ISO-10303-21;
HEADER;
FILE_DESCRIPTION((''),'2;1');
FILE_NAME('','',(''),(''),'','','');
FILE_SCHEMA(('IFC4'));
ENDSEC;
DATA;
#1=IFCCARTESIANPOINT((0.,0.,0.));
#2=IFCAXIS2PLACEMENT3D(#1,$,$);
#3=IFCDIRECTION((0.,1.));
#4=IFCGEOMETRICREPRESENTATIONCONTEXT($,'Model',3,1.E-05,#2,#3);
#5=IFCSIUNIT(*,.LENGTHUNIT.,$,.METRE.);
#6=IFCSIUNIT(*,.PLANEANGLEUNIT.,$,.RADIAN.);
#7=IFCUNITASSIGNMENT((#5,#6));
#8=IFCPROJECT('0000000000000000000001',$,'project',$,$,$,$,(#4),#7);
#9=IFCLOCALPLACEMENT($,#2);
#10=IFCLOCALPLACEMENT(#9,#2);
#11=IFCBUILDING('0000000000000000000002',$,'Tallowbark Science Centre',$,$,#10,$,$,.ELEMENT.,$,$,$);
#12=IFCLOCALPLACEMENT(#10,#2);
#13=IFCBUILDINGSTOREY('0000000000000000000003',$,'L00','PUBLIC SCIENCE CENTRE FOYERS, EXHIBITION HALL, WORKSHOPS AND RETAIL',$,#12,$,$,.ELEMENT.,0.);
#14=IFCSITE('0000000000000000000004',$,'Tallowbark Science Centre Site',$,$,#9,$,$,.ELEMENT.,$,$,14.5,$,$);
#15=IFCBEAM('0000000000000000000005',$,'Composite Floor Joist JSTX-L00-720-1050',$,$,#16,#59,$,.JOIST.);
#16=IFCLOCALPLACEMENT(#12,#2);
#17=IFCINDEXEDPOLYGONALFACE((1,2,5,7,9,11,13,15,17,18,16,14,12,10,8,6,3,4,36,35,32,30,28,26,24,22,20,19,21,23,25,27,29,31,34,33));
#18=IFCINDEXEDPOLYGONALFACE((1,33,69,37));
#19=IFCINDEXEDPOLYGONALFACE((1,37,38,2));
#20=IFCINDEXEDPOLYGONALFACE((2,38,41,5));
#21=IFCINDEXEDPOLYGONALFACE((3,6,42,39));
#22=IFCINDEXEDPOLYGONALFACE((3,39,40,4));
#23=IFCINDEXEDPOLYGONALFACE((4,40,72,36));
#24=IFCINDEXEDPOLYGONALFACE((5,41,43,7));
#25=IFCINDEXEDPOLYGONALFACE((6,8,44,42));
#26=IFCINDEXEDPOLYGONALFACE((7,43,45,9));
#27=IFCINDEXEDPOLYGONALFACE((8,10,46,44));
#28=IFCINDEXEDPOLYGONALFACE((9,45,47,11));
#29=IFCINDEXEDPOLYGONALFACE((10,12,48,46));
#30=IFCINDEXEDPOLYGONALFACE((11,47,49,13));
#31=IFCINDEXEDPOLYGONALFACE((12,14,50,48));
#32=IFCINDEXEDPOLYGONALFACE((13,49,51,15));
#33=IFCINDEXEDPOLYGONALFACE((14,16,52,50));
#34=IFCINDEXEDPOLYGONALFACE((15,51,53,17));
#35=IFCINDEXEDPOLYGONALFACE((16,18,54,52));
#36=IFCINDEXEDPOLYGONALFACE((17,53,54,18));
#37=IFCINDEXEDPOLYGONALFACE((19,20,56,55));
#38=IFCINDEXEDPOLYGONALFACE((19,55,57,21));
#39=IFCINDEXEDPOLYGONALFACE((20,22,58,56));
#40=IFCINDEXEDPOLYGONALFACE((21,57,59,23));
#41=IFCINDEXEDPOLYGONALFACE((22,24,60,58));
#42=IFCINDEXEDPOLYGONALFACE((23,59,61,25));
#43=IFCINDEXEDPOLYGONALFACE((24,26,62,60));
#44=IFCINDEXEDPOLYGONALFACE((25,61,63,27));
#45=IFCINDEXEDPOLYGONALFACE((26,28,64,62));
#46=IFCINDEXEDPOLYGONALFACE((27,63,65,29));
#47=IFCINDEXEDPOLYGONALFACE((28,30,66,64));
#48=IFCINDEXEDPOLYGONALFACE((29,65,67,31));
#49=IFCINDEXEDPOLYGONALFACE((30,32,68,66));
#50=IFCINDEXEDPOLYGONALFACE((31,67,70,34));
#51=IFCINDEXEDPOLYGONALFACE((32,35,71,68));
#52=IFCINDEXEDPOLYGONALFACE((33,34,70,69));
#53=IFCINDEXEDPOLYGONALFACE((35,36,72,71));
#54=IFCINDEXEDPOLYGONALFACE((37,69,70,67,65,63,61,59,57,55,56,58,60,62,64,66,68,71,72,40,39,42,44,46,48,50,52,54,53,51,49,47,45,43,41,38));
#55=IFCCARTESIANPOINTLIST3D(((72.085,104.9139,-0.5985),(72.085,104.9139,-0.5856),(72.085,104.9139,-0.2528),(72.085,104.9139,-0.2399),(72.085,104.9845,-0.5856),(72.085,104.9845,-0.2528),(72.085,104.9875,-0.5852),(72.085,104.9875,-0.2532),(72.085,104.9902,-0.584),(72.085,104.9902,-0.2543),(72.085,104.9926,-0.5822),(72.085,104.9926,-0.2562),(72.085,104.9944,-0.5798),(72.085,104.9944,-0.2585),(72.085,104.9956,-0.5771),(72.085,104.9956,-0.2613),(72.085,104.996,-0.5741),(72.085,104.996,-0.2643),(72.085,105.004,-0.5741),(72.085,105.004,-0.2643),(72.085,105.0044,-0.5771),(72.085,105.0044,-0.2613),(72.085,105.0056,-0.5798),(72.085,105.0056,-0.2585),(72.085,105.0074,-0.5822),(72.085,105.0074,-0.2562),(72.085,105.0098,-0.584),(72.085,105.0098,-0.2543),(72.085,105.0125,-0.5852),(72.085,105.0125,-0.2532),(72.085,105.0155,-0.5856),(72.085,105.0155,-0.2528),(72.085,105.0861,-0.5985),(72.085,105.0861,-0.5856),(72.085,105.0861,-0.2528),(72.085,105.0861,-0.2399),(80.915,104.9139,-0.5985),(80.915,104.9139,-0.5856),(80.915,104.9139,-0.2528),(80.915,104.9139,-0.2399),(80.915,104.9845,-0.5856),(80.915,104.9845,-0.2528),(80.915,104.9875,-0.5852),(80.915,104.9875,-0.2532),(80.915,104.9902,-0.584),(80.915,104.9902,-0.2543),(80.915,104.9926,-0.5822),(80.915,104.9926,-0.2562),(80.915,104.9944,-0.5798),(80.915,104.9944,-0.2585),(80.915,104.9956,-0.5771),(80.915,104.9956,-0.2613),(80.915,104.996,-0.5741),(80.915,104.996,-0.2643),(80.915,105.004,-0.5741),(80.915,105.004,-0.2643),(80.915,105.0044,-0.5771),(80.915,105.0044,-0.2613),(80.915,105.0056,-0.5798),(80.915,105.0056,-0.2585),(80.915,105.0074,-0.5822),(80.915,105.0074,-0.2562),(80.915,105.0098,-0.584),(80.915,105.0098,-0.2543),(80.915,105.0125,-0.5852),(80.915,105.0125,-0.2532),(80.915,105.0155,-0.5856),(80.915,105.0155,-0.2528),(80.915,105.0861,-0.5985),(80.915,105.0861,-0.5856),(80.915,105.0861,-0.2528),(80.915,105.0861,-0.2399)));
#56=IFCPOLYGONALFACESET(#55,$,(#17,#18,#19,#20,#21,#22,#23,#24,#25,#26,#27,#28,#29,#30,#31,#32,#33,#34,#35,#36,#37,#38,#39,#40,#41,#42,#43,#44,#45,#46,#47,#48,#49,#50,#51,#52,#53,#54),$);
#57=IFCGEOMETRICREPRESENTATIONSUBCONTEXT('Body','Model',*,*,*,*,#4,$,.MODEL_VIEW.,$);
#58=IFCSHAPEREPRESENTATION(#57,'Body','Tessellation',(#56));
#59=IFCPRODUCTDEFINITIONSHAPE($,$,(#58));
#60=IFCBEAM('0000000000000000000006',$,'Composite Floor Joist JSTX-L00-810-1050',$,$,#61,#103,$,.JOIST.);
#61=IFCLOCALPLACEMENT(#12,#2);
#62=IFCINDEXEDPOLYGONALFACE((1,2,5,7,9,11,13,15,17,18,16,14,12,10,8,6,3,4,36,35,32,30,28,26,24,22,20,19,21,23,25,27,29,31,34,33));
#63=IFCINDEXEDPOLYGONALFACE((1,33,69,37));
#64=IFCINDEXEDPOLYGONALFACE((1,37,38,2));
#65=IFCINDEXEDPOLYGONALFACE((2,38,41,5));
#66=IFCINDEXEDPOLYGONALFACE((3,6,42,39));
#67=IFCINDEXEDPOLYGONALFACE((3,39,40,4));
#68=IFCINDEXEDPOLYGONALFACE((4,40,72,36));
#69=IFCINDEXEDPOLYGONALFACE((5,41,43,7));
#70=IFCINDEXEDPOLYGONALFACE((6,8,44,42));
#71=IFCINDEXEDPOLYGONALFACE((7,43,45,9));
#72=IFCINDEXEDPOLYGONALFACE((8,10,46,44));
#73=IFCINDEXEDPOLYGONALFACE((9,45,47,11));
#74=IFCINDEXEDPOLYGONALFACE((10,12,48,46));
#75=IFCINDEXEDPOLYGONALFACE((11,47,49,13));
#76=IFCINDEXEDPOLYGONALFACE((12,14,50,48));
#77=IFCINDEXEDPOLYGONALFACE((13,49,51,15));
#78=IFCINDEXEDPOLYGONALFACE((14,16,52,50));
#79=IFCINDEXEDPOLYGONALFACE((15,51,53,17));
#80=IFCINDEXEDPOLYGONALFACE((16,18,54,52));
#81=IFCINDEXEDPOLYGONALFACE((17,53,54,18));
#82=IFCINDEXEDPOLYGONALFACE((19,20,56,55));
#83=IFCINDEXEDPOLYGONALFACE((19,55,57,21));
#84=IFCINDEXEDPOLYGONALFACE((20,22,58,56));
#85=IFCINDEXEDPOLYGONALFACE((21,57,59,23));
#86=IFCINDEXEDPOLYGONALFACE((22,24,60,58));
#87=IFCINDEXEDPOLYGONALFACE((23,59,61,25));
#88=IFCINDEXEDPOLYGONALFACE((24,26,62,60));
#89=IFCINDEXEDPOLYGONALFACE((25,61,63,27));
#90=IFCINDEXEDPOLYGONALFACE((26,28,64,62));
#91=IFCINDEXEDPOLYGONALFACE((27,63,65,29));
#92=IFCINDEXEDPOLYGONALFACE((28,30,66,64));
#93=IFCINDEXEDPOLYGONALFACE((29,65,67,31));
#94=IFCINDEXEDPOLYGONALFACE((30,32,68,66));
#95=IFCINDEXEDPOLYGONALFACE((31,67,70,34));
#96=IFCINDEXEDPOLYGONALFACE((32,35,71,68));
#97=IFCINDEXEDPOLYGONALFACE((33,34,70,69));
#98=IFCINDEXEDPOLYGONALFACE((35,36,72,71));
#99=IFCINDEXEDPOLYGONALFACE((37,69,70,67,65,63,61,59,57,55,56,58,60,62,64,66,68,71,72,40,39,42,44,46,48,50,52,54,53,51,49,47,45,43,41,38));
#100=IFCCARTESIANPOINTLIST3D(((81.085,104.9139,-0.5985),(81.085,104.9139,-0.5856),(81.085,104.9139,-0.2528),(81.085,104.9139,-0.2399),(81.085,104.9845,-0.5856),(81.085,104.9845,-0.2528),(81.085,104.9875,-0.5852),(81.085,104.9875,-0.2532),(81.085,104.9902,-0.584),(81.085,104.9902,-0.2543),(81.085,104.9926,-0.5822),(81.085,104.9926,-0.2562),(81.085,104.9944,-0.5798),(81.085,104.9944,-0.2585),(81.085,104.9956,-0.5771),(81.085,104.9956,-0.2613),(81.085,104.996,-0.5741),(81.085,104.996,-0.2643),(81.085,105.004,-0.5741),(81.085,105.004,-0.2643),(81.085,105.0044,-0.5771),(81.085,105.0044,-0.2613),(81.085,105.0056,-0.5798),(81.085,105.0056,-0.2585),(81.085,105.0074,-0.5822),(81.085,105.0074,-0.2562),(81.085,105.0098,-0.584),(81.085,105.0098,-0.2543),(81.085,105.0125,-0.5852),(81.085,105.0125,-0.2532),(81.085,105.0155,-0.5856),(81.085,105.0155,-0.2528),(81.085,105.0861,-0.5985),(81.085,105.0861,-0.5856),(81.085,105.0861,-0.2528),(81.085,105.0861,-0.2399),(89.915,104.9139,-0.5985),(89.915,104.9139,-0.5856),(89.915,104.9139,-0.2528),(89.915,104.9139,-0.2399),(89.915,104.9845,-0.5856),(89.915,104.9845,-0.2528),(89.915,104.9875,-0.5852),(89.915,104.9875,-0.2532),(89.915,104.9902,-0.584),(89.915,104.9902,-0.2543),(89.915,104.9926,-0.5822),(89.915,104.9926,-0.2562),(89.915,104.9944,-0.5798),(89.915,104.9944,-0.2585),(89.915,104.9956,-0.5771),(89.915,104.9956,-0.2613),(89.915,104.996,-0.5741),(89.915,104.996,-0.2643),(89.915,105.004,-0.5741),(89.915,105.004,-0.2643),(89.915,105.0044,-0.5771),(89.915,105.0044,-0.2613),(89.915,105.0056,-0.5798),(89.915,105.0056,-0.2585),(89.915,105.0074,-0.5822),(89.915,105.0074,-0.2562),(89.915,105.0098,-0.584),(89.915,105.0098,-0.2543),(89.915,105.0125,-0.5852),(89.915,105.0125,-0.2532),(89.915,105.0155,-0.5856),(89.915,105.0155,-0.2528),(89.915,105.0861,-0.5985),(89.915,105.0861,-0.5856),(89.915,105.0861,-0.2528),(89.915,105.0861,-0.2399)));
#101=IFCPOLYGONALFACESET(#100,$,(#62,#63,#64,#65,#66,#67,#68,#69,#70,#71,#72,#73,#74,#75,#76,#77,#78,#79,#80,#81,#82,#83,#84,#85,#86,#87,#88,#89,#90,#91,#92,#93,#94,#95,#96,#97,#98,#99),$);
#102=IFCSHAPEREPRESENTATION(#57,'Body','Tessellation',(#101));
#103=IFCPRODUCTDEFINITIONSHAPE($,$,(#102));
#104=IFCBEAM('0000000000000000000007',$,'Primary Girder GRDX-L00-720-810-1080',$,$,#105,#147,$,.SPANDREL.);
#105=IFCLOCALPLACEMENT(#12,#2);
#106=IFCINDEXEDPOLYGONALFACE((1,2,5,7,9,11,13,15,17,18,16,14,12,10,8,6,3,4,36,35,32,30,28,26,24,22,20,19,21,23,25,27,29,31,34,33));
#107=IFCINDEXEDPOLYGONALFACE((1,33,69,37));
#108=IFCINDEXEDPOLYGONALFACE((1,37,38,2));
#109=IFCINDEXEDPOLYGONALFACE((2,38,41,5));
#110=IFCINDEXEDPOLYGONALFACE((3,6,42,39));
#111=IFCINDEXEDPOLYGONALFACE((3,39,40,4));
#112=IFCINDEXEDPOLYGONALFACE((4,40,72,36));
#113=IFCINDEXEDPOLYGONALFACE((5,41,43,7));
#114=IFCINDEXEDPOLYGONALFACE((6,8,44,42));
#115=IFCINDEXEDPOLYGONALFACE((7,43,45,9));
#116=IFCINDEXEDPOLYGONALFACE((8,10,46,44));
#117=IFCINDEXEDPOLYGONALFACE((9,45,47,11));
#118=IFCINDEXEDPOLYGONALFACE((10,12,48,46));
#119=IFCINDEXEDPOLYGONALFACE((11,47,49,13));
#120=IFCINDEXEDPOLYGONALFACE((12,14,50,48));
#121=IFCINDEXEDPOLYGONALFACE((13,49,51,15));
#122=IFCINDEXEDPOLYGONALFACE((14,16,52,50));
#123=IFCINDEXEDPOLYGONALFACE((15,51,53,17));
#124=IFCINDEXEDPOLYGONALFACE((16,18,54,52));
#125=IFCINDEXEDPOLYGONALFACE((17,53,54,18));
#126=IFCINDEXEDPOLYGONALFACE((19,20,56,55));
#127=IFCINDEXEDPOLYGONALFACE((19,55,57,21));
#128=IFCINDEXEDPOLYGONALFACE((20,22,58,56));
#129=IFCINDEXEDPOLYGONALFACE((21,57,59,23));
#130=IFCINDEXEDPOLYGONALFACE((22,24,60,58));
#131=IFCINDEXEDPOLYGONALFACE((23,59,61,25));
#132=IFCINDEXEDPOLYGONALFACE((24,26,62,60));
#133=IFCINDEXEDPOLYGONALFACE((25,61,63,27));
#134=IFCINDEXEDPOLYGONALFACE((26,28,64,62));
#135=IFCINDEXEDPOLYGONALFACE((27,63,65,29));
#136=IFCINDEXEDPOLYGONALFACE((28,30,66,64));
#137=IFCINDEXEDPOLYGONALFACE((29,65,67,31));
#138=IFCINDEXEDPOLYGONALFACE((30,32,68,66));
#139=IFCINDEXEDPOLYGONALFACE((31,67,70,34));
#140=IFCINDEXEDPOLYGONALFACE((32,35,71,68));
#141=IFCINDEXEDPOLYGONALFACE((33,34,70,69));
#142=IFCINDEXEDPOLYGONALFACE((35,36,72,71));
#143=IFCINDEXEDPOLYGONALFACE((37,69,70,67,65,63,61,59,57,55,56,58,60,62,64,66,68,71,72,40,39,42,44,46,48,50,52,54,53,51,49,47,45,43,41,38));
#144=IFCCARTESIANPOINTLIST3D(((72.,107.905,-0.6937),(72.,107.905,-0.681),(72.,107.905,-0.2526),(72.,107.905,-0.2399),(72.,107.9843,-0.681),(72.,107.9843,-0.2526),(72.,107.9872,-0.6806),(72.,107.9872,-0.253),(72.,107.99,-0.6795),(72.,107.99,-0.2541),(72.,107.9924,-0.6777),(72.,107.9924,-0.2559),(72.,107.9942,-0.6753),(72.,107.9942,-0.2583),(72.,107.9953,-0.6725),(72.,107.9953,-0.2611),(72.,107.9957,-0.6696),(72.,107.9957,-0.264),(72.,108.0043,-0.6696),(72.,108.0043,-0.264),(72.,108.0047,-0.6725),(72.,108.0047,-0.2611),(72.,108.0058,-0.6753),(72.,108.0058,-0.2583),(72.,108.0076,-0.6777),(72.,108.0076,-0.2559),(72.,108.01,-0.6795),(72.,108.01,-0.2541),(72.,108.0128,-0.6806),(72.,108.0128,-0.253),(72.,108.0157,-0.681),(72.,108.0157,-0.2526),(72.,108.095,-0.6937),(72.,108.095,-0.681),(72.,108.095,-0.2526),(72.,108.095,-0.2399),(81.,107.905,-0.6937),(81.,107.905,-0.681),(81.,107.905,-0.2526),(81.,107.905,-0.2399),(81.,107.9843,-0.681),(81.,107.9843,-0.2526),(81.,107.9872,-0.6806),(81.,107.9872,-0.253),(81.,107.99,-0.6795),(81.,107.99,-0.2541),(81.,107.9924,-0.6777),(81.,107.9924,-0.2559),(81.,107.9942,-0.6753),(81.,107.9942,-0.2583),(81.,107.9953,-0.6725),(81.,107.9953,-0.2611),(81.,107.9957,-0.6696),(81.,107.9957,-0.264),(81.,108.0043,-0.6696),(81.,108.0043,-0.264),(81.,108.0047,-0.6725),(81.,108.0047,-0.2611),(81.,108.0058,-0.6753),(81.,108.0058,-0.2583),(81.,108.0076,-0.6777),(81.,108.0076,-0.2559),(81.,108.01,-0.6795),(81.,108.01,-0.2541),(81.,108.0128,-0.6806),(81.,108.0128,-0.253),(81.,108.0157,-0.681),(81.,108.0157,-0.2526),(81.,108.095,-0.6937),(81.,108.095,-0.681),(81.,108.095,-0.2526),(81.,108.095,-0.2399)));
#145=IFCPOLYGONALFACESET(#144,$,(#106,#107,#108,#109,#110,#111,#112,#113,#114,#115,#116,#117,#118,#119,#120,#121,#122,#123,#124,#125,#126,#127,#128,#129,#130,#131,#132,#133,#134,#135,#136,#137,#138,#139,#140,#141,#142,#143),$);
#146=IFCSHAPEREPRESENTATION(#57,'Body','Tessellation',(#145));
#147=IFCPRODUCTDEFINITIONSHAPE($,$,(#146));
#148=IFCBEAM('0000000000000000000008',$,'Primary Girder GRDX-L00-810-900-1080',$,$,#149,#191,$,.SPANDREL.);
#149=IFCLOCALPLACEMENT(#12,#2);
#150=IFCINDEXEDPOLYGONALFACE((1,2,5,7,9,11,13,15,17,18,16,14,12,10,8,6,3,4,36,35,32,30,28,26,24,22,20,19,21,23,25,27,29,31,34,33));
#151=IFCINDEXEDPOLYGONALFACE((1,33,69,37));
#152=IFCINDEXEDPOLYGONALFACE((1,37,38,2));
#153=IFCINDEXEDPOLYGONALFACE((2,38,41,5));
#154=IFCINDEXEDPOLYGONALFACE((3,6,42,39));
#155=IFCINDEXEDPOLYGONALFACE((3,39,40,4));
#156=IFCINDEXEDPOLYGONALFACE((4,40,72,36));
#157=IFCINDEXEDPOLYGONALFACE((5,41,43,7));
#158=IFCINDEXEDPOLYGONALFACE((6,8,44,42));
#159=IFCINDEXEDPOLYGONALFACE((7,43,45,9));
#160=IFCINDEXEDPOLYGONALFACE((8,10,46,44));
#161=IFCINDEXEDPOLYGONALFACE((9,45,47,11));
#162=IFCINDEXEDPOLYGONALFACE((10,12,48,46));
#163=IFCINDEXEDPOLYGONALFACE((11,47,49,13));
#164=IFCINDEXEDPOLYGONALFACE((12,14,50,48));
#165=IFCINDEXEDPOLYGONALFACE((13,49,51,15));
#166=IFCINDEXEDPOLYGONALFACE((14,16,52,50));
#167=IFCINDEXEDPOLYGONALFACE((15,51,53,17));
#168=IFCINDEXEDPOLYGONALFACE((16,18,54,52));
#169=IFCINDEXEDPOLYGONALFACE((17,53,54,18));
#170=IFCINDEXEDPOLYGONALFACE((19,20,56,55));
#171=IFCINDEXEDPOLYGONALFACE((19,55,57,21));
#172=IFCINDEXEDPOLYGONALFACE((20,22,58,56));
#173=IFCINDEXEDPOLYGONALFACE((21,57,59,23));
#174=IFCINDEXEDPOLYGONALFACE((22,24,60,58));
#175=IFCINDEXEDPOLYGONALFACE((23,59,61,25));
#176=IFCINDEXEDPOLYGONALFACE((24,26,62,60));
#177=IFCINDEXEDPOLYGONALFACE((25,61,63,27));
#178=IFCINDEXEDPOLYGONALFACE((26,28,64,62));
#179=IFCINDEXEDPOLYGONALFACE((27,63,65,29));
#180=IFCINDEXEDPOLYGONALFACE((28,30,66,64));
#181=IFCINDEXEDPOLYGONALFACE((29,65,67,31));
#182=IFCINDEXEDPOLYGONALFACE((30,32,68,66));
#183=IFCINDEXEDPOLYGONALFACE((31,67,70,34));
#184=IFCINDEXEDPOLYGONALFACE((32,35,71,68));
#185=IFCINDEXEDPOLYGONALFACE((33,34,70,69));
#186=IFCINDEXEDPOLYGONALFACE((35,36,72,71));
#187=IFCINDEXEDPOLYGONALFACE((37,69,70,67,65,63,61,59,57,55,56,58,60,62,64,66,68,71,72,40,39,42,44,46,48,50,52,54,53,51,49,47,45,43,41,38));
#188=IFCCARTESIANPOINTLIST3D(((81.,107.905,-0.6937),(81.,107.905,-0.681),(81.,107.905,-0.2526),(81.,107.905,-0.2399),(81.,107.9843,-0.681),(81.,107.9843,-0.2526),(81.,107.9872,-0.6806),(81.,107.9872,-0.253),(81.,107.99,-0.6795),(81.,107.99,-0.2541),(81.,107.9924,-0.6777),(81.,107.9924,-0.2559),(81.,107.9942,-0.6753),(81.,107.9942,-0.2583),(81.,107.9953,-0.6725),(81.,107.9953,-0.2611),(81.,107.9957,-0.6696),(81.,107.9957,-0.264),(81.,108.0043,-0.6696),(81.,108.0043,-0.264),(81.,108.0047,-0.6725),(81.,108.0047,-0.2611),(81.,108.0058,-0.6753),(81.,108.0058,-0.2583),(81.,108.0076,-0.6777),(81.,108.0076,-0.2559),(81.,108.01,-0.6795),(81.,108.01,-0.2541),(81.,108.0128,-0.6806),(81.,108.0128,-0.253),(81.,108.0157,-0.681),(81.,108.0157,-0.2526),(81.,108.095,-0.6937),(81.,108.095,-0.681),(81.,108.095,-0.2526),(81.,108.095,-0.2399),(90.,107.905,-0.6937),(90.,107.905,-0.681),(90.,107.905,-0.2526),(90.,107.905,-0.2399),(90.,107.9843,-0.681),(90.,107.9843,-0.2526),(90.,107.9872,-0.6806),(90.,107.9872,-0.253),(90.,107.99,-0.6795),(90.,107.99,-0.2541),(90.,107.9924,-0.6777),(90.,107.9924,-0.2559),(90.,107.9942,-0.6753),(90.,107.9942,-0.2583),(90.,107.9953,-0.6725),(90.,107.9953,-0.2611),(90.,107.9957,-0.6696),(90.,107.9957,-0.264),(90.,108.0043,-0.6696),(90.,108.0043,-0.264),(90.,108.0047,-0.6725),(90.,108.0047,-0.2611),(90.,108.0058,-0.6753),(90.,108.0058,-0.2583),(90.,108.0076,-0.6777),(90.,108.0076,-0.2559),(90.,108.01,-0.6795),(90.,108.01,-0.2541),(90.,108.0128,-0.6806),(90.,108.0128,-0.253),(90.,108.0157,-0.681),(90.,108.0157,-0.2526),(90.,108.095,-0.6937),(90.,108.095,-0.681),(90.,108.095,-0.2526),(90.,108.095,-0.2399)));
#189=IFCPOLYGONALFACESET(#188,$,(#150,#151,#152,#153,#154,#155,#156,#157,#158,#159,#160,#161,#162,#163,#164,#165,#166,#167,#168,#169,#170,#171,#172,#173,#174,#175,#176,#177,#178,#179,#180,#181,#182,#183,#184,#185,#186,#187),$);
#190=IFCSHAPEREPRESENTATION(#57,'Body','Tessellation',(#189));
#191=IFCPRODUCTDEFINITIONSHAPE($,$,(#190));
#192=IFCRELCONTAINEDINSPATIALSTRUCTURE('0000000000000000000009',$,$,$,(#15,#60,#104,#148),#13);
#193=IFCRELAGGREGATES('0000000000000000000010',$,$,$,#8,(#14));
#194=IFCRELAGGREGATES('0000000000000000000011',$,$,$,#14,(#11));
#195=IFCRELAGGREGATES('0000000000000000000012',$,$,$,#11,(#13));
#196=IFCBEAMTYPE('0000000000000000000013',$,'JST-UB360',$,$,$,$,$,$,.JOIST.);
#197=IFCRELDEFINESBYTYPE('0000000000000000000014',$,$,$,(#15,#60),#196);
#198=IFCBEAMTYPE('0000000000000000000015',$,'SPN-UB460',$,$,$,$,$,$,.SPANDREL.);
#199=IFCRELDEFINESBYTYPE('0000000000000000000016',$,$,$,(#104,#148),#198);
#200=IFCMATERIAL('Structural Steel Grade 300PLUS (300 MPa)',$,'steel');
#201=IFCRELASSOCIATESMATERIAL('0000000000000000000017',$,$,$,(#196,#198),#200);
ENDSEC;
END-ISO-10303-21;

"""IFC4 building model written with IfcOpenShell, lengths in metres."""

from ifc_helpers import new_model, si_unit, direction, frame, origin, origin_2d, place, context, subcontext, project, spatial, i_section, extrude, material, material_profile, profile_set, type_object, element, save


model = new_model("IFC4")

# Units and contexts
model_context = context("Model", 3, precision=1e-05, world=origin(), true_north=direction((0.0, 1.0)))
body_context = subcontext(model_context, "Body", "Model", "MODEL_VIEW")
ifc_project = project(units=[si_unit("LENGTHUNIT", "METRE"), si_unit("PLANEANGLEUNIT", "RADIAN")], contexts=[model_context])

# Site, building, storey
site_placement = place(None, origin())
site = spatial("IfcSite", under=ifc_project, at=site_placement, Name="Tallowbark Science Centre Site", CompositionType="ELEMENT", RefElevation=14.5)
building_placement = place(site_placement, origin())
building = spatial("IfcBuilding", under=site, at=building_placement, Name="Tallowbark Science Centre", CompositionType="ELEMENT")
storey_placement = place(building_placement, origin())
storey = spatial("IfcBuildingStorey", under=building, at=storey_placement, Name="L00", Description="PUBLIC SCIENCE CENTRE FOYERS, EXHIBITION HALL, WORKSHOPS AND RETAIL", CompositionType="ELEMENT", Elevation=0.0)

# Shared definitions
ifc_material_1 = material(Name="Structural Steel Grade 300PLUS (300 MPa)", Category="steel")

# Beams
ifc_material_profile_1 = material_profile(ifc_material_1, i_section(OverallWidth=0.1721, OverallDepth=0.3586, WebThickness=0.0081, FlangeThickness=0.0129, FilletRadius=0.0115, at=origin_2d()), Name="360UB56.7")
ifc_profile_set_1 = profile_set([ifc_material_profile_1], Name="Structural Steel Grade 300PLUS (300 MPa)")
beam_type_1 = type_object("IfcBeamType", Name="JST-UB360", PredefinedType="JOIST", material=ifc_profile_set_1)
for number, where, z_axis, x_axis, name in (
    (1, (72.085, 105.0, -0.4192), (1.0, 0.0, 0.0), (0.0, 1.0, 0.0), "Composite Floor Joist JSTX-L00-720-1050"),
    (2, (81.085, 105.0, -0.4192), (1.0, 0.0, 0.0), (0.0, 1.0, 0.0), "Composite Floor Joist JSTX-L00-810-1050"),
):
    element("IfcBeam", number, at=place(storey_placement, frame(where, z_axis=z_axis, x_axis=x_axis)), inside=storey, type_object=beam_type_1, Name=name, PredefinedType="JOIST", context=body_context, shape_type="SweptSolid", body=[
        extrude(i_section(OverallWidth=0.1721, OverallDepth=0.3586, WebThickness=0.0081, FlangeThickness=0.0129, FilletRadius=0.0115, at=origin_2d()), origin(), (0.0, 0.0, 1.0), 8.8301),
    ])
ifc_material_profile_2 = material_profile(ifc_material_1, i_section(OverallWidth=0.1899, OverallDepth=0.4539, WebThickness=0.0085, FlangeThickness=0.0127, FilletRadius=0.0115, at=origin_2d()), Name="460UB67.1")
ifc_profile_set_2 = profile_set([ifc_material_profile_2], Name="Structural Steel Grade 300PLUS (300 MPa)")
beam_type_2 = type_object("IfcBeamType", Name="SPN-UB460", PredefinedType="SPANDREL", material=ifc_profile_set_2)
for number, where, z_axis, x_axis, name in (
    (3, (72.0, 108.0, -0.4668), (1.0, 0.0, 0.0), (0.0, 1.0, 0.0), "Primary Girder GRDX-L00-720-810-1080"),
    (4, (81.0, 108.0, -0.4668), (1.0, 0.0, 0.0), (0.0, 1.0, 0.0), "Primary Girder GRDX-L00-810-900-1080"),
):
    element("IfcBeam", number, at=place(storey_placement, frame(where, z_axis=z_axis, x_axis=x_axis)), inside=storey, type_object=beam_type_2, Name=name, PredefinedType="SPANDREL", context=body_context, shape_type="SweptSolid", body=[
        extrude(i_section(OverallWidth=0.1899, OverallDepth=0.4539, WebThickness=0.0085, FlangeThickness=0.0127, FilletRadius=0.0115, at=origin_2d()), origin(), (0.0, 0.0, 1.0), 9.0),
    ])

save(model, "model.ifc")
